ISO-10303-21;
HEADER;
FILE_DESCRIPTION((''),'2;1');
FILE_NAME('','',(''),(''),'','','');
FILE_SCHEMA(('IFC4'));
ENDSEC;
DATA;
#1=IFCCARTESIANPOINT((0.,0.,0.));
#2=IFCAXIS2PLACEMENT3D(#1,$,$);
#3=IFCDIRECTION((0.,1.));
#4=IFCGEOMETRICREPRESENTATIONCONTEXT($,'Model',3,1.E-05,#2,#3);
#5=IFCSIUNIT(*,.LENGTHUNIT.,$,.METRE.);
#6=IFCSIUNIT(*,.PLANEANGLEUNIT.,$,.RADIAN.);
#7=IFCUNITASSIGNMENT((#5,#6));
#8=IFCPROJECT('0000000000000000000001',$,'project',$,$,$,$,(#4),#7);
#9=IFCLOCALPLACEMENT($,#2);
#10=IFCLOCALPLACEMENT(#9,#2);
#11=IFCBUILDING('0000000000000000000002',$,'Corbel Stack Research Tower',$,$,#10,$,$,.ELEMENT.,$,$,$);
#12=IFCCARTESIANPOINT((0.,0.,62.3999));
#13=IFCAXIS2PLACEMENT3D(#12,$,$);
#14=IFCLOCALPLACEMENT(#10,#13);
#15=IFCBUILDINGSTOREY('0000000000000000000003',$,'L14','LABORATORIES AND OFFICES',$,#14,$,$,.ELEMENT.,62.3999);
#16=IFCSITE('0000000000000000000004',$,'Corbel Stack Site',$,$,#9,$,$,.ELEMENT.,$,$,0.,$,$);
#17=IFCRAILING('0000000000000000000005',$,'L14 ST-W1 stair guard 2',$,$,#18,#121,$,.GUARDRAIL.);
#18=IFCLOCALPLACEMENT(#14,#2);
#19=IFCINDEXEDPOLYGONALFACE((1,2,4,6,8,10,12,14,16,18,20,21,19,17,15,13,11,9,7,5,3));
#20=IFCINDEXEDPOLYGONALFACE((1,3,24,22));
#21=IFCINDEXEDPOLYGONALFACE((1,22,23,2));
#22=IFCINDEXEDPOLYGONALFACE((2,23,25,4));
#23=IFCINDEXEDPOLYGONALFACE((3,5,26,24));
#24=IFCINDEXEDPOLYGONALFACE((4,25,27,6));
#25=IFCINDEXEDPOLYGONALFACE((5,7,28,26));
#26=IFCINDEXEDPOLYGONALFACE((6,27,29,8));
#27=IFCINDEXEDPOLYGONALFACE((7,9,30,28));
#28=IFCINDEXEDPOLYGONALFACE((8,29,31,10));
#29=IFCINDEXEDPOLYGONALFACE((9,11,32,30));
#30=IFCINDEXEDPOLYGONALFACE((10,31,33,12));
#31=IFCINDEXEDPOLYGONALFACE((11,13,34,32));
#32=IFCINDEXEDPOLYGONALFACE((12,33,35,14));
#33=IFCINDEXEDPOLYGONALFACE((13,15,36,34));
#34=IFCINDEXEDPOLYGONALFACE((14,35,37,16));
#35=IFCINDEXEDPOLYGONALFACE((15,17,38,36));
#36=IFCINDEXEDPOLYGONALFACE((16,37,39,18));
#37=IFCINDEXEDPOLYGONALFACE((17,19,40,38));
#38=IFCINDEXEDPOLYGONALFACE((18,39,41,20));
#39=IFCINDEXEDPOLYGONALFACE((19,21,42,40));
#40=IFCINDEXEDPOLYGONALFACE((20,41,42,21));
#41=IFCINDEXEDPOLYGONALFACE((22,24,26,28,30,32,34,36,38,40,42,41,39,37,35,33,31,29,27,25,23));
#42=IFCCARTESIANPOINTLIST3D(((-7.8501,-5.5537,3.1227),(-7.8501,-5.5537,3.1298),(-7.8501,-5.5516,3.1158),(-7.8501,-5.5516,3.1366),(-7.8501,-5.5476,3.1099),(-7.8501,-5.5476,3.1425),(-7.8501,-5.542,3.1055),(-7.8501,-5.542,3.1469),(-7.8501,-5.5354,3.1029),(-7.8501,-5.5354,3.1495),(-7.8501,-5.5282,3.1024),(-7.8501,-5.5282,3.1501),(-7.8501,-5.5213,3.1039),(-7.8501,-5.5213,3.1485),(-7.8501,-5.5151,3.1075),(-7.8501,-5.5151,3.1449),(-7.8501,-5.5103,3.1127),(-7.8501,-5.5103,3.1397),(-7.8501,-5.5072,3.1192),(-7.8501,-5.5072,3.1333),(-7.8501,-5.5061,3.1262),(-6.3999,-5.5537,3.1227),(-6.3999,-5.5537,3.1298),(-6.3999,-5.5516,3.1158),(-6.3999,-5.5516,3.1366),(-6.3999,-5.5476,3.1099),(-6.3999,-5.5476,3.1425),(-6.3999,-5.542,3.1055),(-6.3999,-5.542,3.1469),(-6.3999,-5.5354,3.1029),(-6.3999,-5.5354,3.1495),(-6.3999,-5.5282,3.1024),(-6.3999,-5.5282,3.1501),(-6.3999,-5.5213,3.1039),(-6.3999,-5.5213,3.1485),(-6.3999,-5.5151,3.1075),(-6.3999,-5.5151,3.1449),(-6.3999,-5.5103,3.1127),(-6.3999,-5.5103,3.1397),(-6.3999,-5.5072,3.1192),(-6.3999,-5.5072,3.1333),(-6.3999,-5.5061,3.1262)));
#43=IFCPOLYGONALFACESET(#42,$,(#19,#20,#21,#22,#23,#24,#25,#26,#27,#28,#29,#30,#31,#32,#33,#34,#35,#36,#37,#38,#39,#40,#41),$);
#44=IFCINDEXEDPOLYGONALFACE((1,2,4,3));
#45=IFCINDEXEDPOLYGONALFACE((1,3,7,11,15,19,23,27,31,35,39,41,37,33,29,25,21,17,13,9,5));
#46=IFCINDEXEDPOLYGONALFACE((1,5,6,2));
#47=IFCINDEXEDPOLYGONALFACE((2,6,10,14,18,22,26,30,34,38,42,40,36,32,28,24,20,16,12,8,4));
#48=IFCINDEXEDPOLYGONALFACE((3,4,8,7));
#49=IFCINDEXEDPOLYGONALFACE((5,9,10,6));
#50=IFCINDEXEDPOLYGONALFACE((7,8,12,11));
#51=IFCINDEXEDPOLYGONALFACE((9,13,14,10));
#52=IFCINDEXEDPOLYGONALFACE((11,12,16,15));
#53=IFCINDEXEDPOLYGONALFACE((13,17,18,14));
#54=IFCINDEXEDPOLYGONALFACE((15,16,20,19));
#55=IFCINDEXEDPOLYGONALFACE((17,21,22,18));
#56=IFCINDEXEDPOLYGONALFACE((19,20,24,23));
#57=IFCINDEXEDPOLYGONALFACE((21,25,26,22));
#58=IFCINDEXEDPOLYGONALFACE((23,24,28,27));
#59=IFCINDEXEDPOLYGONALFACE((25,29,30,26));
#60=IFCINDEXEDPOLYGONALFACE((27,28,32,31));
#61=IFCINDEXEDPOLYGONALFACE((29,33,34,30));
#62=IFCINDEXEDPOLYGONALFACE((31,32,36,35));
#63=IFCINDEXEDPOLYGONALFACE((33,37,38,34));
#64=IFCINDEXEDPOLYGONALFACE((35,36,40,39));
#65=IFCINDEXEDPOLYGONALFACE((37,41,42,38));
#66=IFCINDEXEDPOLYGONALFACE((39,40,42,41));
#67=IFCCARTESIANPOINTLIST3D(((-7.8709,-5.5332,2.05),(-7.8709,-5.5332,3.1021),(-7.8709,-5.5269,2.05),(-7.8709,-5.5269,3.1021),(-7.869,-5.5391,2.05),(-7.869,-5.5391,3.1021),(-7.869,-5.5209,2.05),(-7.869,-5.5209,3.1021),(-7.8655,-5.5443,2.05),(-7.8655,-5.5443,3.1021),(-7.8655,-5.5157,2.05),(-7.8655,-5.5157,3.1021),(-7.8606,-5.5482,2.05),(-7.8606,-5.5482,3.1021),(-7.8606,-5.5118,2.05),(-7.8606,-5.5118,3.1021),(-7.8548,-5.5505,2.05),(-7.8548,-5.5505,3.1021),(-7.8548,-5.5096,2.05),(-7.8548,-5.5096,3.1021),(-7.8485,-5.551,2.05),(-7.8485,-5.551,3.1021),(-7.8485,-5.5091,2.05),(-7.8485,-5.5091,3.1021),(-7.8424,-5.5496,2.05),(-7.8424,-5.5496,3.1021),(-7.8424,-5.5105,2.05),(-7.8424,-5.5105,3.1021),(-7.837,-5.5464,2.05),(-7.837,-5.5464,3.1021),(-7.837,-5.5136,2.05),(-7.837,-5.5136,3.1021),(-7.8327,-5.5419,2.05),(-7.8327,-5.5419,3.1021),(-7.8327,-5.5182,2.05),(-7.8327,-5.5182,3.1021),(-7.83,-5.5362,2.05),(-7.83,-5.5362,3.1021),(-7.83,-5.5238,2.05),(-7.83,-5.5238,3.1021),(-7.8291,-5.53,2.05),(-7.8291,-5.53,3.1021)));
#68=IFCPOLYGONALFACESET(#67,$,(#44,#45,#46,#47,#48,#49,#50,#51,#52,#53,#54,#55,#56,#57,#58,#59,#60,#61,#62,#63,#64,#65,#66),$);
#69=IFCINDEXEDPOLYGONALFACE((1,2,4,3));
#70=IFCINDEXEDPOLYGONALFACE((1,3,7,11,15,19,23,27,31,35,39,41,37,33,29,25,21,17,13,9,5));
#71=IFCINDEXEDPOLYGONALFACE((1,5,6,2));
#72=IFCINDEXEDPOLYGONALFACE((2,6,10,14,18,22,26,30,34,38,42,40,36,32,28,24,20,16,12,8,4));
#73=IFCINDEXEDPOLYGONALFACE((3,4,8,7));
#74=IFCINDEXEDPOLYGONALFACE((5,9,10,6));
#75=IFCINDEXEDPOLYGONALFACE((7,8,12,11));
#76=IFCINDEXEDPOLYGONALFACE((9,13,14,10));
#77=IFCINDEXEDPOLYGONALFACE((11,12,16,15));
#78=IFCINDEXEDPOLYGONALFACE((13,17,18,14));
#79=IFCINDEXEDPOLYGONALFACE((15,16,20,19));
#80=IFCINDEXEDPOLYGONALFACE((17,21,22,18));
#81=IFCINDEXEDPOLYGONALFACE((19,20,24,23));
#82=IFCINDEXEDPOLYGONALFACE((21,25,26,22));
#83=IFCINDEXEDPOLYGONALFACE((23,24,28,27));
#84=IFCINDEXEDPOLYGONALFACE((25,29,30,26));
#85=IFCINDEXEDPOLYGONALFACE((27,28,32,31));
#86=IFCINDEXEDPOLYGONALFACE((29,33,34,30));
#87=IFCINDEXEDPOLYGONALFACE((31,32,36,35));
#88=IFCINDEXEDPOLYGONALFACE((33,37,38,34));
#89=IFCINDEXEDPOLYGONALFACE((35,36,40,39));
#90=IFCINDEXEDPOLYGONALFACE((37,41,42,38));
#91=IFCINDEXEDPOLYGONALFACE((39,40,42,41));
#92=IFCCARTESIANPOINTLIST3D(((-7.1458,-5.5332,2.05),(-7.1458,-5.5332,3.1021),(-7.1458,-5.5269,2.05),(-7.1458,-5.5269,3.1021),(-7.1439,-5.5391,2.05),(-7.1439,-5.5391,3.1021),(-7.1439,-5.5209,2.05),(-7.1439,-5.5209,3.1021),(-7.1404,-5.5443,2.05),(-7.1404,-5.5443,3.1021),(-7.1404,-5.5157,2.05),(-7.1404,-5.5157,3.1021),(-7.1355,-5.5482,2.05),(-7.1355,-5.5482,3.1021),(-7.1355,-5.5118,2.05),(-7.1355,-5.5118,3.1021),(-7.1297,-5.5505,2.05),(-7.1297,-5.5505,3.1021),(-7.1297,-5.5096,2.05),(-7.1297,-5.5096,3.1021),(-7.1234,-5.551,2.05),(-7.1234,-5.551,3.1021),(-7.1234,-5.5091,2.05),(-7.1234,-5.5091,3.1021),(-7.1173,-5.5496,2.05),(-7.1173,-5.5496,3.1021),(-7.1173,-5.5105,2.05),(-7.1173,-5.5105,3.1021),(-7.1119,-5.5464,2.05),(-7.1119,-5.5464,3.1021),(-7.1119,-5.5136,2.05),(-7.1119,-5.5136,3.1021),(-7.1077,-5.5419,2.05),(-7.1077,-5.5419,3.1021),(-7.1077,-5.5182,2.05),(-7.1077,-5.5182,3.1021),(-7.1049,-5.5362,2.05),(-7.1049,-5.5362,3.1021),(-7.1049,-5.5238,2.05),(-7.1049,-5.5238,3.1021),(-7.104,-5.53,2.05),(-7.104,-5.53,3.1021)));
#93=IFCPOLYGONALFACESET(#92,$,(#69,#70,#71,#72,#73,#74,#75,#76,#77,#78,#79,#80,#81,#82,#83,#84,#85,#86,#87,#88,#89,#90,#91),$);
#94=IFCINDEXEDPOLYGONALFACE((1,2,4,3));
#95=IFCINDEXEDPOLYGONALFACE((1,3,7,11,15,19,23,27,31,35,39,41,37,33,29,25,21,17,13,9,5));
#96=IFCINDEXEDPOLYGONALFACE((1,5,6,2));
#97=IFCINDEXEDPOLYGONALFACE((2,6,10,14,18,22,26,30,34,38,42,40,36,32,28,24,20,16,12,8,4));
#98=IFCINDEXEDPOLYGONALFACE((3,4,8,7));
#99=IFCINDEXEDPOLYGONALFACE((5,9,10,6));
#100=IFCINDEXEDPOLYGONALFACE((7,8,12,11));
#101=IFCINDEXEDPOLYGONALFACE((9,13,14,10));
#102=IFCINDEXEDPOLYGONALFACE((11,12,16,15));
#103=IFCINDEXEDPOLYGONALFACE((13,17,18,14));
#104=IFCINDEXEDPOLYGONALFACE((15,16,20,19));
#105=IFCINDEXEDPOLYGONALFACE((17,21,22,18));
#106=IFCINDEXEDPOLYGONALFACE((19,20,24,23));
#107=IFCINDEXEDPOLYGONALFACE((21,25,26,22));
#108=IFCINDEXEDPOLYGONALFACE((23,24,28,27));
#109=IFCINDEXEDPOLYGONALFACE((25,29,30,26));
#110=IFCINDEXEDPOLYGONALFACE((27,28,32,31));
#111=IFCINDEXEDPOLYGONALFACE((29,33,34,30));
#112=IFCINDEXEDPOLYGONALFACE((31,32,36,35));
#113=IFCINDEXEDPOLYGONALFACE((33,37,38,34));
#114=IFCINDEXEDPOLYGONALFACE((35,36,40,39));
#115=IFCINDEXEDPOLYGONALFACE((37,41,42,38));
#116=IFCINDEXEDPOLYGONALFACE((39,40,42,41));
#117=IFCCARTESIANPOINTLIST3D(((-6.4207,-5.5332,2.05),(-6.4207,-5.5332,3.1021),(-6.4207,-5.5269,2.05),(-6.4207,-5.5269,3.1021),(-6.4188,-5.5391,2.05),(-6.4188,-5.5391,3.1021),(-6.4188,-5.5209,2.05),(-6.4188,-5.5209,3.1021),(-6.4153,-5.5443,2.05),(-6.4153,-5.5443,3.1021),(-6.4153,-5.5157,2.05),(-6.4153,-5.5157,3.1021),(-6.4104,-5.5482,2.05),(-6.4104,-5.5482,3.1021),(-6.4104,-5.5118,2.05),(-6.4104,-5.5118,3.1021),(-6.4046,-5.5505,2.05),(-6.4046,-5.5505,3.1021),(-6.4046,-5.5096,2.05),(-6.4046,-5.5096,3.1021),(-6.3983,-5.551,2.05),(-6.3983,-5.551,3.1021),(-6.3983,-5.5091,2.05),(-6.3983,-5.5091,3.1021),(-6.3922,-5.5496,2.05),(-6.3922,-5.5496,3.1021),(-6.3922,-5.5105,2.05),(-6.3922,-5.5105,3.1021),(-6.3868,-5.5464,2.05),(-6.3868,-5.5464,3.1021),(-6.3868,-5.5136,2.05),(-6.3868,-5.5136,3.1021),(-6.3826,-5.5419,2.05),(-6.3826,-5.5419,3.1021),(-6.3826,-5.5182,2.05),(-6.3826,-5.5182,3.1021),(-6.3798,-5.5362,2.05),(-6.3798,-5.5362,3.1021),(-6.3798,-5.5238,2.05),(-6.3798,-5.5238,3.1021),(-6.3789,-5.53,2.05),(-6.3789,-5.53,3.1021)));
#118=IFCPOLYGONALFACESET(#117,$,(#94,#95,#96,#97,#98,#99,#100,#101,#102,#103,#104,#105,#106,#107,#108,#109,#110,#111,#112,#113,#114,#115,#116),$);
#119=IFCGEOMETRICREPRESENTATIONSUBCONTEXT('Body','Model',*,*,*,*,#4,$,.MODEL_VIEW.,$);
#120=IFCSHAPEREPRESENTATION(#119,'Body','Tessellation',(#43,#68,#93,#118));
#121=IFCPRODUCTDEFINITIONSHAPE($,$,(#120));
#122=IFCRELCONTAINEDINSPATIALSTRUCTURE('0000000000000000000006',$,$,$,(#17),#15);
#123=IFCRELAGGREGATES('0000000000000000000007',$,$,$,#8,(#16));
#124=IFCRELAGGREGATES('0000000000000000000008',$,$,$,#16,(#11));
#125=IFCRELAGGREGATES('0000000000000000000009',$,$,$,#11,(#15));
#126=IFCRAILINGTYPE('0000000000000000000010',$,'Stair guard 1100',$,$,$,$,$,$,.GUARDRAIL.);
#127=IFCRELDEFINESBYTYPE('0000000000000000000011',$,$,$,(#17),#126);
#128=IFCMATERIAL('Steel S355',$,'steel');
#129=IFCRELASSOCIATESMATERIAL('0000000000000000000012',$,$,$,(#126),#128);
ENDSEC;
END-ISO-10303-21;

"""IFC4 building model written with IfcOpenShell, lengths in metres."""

from ifc_helpers import new_model, si_unit, direction, frame, origin, origin_2d, place, context, subcontext, project, spatial, circle, extrude, material, type_object, element, save


model = new_model("IFC4")

# Units and contexts
model_context = context("Model", 3, precision=1e-05, world=origin(), true_north=direction((0.0, 1.0)))
body_context = subcontext(model_context, "Body", "Model", "MODEL_VIEW")
ifc_project = project(units=[si_unit("LENGTHUNIT", "METRE"), si_unit("PLANEANGLEUNIT", "RADIAN")], contexts=[model_context])

# Site, building, storey
site_placement = place(None, origin())
site = spatial("IfcSite", under=ifc_project, at=site_placement, Name="Corbel Stack Site", CompositionType="ELEMENT", RefElevation=0.0)
building_placement = place(site_placement, origin())
building = spatial("IfcBuilding", under=site, at=building_placement, Name="Corbel Stack Research Tower", CompositionType="ELEMENT")
storey_placement = place(building_placement, frame((0.0, 0.0, 62.3999)))
storey = spatial("IfcBuildingStorey", under=building, at=storey_placement, Name="L14", Description="LABORATORIES AND OFFICES", CompositionType="ELEMENT", Elevation=62.3999)

# Railing
ifc_material_1 = material(Name="Steel S355", Category="steel")
railing_type_1 = type_object("IfcRailingType", Name="Stair guard 1100", PredefinedType="GUARDRAIL", material=ifc_material_1)
railing_1_placement = place(storey_placement, frame((-7.8501, -5.53, 2.05)))
element("IfcRailing", 1, at=railing_1_placement, inside=storey, type_object=railing_type_1, Name="L14 ST-W1 stair guard 2", PredefinedType="GUARDRAIL", context=body_context, shape_type="SweptSolid", body=[
    extrude(circle(Radius=0.0239, at=origin_2d()), frame((0.0, 0.0, 1.0762), z_axis=(1.0, 0.0, 0.0), x_axis=(0.0, 1.0, 0.0)), (0.0, 0.0, 1.0), 1.4502),
    extrude(circle(Radius=0.021, at=origin_2d()), origin(), (0.0, 0.0, 1.0), 1.052),
    extrude(circle(Radius=0.021, at=origin_2d()), frame((0.7251, 0.0, 0.0)), (0.0, 0.0, 1.0), 1.052),
    extrude(circle(Radius=0.021, at=origin_2d()), frame((1.4502, 0.0, 0.0)), (0.0, 0.0, 1.0), 1.052),
])

save(model, "model.ifc")
